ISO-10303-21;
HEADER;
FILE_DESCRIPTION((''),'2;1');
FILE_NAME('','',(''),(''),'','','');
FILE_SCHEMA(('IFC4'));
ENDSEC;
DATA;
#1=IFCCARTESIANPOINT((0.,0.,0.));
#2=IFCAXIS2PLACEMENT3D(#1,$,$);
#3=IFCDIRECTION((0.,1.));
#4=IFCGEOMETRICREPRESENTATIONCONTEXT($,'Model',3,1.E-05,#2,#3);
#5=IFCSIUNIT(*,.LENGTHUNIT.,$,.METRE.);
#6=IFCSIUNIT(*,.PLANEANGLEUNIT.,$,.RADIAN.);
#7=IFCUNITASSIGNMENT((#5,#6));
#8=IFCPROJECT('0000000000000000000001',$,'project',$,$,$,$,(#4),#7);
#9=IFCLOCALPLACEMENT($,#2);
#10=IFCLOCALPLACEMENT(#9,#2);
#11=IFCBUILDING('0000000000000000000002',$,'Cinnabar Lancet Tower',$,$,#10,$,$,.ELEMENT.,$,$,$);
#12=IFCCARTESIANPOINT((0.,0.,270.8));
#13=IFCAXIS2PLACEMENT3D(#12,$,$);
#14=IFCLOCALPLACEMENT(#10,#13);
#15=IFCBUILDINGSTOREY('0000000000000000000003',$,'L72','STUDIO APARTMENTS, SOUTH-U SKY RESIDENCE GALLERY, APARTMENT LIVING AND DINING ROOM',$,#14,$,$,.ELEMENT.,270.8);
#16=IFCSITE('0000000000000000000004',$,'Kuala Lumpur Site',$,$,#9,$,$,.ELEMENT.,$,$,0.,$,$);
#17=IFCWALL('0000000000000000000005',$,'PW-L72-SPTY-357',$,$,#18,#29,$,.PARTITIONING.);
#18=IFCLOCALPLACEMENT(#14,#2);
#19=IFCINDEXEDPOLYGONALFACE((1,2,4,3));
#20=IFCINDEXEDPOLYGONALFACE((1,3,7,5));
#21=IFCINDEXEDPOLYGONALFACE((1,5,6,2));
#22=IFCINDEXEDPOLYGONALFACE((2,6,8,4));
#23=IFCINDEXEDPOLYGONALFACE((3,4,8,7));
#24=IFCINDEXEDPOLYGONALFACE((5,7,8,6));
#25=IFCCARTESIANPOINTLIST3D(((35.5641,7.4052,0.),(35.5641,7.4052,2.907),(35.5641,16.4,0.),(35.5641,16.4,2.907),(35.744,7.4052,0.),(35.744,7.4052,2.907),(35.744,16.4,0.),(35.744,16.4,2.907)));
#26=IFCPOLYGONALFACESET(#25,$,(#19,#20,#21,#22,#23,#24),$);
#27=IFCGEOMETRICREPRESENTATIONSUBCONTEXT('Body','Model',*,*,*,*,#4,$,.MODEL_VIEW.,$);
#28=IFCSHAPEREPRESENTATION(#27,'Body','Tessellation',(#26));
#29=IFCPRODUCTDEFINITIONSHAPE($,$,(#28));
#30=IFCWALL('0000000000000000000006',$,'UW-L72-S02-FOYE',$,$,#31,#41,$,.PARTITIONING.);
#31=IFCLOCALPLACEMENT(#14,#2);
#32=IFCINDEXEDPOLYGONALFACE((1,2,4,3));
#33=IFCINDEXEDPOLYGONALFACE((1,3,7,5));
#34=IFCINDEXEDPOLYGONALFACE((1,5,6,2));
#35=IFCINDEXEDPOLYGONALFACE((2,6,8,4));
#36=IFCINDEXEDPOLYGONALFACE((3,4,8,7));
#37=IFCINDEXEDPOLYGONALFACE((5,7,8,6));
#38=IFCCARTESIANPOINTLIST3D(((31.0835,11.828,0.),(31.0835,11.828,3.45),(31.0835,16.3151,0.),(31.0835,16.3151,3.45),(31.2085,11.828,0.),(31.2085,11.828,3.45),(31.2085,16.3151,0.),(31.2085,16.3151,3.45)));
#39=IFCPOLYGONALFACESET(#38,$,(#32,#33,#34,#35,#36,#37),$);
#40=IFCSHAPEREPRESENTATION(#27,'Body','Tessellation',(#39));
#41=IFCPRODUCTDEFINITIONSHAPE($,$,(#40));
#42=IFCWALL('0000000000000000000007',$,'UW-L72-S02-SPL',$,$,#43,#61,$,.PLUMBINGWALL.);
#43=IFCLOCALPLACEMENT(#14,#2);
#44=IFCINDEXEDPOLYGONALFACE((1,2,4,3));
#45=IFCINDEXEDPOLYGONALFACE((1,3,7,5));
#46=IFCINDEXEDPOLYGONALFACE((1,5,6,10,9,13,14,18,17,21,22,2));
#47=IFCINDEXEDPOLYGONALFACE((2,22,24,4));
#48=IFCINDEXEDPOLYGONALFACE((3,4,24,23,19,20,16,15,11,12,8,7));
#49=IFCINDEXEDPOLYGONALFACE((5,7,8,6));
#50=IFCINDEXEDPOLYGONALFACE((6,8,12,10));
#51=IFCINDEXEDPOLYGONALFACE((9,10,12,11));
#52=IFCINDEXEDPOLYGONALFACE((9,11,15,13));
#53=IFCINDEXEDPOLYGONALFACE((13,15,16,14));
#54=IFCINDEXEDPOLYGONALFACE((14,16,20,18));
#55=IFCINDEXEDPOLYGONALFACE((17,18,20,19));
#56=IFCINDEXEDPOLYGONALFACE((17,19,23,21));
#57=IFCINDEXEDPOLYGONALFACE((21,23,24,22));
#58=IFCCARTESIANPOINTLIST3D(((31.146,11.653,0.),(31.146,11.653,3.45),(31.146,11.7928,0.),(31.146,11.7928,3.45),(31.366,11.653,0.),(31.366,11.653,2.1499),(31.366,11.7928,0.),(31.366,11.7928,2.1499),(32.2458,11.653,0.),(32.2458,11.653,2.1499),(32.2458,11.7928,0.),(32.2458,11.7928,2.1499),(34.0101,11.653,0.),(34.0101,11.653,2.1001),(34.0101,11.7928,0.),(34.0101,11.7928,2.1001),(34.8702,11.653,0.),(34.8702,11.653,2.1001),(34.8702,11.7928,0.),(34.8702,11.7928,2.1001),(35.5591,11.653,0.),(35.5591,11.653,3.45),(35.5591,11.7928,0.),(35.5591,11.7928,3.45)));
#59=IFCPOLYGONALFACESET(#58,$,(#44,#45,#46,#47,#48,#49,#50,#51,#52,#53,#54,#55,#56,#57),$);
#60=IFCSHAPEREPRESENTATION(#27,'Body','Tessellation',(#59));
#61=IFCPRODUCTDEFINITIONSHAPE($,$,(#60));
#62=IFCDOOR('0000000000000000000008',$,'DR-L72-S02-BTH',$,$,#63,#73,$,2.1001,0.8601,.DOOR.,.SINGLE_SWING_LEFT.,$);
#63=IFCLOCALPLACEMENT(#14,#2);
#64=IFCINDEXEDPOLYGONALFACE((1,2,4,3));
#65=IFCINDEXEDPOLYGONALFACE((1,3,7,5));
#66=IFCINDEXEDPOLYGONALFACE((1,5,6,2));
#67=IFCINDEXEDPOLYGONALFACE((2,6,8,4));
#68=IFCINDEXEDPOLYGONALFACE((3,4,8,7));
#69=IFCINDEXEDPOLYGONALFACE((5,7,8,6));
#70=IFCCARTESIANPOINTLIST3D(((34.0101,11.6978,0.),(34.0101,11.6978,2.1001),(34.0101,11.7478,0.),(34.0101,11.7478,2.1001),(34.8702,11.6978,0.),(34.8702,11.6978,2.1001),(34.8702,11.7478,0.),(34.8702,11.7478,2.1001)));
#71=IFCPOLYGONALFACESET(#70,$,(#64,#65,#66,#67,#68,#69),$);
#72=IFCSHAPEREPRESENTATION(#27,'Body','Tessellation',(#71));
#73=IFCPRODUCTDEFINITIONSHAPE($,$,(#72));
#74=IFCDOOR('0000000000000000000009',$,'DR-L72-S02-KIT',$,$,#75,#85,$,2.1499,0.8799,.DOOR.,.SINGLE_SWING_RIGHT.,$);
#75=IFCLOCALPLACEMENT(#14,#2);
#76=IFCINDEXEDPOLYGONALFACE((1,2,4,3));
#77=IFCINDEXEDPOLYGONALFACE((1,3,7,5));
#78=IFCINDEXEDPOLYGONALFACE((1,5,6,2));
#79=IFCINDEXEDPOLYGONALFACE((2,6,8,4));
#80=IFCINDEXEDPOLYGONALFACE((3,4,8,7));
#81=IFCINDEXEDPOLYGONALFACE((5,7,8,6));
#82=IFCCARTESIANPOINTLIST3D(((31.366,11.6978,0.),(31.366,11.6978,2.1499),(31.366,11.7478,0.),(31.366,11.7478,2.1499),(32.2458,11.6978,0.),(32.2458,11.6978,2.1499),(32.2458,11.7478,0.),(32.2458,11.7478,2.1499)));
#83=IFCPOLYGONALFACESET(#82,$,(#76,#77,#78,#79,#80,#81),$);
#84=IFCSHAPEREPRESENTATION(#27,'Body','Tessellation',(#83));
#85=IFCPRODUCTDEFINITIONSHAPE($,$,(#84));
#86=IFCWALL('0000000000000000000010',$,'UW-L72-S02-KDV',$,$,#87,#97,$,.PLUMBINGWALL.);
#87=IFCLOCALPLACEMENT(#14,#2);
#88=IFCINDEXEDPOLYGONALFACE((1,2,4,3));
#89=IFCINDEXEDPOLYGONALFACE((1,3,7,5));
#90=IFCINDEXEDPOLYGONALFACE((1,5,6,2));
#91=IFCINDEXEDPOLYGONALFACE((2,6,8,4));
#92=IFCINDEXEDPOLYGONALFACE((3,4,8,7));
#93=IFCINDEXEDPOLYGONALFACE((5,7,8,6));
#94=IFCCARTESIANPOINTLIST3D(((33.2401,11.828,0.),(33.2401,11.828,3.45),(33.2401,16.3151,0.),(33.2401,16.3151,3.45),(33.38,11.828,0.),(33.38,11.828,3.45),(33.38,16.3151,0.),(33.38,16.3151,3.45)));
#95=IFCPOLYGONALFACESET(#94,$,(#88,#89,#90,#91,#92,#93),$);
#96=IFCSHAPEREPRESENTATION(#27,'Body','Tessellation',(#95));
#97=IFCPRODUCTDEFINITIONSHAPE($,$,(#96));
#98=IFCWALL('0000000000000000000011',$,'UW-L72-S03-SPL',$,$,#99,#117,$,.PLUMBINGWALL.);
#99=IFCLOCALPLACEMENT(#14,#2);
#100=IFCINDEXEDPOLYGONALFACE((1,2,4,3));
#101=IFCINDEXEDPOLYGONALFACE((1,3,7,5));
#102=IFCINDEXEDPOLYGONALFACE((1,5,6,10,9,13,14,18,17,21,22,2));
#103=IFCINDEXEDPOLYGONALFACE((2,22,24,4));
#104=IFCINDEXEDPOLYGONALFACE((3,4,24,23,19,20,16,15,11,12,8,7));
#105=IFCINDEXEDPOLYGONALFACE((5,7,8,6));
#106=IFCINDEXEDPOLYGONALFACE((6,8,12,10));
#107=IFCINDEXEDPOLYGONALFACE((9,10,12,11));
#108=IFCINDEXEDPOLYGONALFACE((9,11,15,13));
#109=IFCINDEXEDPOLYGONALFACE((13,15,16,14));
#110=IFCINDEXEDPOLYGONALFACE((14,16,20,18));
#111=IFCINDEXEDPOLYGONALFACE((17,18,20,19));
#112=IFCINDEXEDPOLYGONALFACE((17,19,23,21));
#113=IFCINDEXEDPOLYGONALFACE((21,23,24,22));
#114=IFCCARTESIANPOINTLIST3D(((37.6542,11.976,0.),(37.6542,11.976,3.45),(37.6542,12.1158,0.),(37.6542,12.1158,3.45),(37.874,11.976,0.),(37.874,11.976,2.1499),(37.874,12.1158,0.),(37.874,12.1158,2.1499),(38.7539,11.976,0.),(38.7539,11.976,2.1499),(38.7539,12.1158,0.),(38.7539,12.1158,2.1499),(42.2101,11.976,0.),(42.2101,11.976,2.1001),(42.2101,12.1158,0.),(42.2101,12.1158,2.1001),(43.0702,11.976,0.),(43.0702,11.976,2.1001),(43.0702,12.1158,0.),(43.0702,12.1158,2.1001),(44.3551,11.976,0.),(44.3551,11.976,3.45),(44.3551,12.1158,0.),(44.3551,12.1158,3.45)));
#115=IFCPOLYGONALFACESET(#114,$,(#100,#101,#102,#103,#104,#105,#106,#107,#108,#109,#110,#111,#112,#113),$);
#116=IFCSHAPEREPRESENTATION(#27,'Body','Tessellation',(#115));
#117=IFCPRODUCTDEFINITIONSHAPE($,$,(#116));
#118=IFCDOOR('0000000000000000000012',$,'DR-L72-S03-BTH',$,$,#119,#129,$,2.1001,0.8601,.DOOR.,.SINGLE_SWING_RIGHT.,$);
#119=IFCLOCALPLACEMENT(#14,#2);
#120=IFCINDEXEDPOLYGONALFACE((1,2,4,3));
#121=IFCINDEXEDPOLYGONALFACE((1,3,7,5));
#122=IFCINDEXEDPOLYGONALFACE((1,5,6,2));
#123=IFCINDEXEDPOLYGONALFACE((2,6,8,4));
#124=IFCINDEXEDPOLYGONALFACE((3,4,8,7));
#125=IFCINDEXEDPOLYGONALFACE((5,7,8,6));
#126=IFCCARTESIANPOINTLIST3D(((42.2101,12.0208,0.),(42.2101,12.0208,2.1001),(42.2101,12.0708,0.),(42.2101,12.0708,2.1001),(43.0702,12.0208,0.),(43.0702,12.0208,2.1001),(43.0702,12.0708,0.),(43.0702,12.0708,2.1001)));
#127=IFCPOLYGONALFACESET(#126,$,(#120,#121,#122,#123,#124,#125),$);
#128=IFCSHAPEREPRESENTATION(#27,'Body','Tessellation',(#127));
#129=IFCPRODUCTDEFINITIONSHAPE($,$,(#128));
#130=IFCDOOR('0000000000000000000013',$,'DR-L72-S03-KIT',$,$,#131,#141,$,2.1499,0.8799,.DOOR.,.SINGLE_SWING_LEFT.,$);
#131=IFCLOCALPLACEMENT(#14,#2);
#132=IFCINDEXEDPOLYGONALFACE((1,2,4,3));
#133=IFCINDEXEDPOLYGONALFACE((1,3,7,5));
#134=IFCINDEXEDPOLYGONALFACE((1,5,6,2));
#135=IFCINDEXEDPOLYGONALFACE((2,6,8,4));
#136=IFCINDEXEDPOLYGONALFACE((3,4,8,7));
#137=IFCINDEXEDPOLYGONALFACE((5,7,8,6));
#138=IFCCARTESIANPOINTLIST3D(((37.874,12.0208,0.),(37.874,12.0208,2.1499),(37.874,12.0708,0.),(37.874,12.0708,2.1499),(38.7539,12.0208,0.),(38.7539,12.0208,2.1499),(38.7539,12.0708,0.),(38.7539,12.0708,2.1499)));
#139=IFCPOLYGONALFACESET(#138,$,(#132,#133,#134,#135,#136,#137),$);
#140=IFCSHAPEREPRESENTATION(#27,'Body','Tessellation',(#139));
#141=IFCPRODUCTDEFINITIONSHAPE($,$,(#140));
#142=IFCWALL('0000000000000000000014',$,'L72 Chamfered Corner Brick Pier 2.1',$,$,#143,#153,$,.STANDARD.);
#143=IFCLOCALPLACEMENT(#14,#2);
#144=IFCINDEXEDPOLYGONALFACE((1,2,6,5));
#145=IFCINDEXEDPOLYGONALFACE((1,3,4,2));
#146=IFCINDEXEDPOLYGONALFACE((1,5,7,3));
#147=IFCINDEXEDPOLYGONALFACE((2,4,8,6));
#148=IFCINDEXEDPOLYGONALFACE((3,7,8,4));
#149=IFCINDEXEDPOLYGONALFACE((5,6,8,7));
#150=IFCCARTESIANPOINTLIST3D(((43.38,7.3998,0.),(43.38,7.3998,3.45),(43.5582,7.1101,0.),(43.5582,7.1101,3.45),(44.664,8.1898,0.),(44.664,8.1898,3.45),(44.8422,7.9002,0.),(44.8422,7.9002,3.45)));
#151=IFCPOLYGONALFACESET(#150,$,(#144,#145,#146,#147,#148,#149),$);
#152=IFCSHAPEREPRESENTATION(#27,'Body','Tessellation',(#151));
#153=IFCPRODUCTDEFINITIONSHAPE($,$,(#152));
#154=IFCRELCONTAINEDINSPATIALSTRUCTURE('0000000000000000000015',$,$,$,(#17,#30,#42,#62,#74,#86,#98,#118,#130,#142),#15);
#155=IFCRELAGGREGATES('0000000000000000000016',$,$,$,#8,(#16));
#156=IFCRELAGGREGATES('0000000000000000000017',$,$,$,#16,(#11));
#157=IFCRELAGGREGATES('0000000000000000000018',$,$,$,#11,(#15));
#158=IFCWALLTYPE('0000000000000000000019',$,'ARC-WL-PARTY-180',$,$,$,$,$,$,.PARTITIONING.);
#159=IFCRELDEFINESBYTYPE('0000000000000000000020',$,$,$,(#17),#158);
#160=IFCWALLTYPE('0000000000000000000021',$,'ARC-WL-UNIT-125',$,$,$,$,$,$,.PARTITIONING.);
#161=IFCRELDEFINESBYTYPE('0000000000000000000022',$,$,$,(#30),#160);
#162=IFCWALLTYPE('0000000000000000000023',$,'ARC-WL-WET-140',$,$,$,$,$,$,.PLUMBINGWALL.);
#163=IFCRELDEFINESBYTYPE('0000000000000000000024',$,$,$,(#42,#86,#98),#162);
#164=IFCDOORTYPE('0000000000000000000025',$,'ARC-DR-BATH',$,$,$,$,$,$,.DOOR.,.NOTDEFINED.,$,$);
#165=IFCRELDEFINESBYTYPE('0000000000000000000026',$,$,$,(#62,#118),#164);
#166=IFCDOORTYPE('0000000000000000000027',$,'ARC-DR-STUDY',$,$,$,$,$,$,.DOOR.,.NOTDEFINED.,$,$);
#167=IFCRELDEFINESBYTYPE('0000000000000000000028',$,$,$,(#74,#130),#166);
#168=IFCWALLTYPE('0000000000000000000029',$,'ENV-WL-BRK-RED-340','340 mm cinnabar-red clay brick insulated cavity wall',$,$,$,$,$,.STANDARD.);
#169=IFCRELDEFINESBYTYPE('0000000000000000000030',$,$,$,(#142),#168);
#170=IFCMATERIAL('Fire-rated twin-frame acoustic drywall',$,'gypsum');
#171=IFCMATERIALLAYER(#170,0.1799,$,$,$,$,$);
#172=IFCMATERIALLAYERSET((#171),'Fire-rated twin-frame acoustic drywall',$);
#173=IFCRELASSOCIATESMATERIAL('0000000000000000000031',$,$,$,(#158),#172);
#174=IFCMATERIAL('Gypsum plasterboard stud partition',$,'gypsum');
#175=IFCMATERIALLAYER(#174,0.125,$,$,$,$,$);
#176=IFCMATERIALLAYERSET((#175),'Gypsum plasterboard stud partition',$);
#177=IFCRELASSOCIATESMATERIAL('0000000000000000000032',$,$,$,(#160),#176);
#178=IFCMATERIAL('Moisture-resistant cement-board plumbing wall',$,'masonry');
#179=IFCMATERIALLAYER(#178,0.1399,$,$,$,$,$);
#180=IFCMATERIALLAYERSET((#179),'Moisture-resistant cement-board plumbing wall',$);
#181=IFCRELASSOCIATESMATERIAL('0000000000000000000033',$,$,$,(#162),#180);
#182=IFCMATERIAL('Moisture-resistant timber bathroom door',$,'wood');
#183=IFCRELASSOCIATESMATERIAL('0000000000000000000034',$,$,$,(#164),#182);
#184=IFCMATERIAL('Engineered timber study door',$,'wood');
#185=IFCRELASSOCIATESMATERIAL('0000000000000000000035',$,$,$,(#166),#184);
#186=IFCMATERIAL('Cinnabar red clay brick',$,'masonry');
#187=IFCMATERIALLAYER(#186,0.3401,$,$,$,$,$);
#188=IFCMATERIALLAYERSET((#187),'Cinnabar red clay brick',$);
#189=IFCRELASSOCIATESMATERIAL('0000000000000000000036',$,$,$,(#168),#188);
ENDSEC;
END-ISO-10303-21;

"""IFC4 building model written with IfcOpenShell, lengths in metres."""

from ifc_helpers import new_model, si_unit, direction, frame, frame_2d, origin, place, context, subcontext, project, spatial, rectangle, extrude, material, layer, layer_set, type_object, element, fill, save


model = new_model("IFC4")

# Units and contexts
model_context = context("Model", 3, precision=1e-05, world=origin(), true_north=direction((0.0, 1.0)))
body_context = subcontext(model_context, "Body", "Model", "MODEL_VIEW")
ifc_project = project(units=[si_unit("LENGTHUNIT", "METRE"), si_unit("PLANEANGLEUNIT", "RADIAN")], contexts=[model_context])

# Site, building, storey
site_placement = place(None, origin())
site = spatial("IfcSite", under=ifc_project, at=site_placement, Name="Kuala Lumpur Site", CompositionType="ELEMENT", RefElevation=0.0)
building_placement = place(site_placement, origin())
building = spatial("IfcBuilding", under=site, at=building_placement, Name="Cinnabar Lancet Tower", CompositionType="ELEMENT")
storey_placement = place(building_placement, frame((0.0, 0.0, 270.8)))
storey = spatial("IfcBuildingStorey", under=building, at=storey_placement, Name="L72", Description="STUDIO APARTMENTS, SOUTH-U SKY RESIDENCE GALLERY, APARTMENT LIVING AND DINING ROOM", CompositionType="ELEMENT", Elevation=270.8)

# Walls
ifc_material_1 = material(Name="Fire-rated twin-frame acoustic drywall", Category="gypsum")
ifc_layer_1 = layer(ifc_material_1, 0.1799)
ifc_layer_set_1 = layer_set([ifc_layer_1], Name="Fire-rated twin-frame acoustic drywall")
wall_type_1 = type_object("IfcWallType", Name="ARC-WL-PARTY-180", PredefinedType="PARTITIONING", material=ifc_layer_set_1)
wall_1_placement = place(storey_placement, frame((35.6541, 7.405, 0.0), z_axis=(0.0, 0.0, 1.0), x_axis=(0.0, 1.0, 0.0)))
element("IfcWall", 1, at=wall_1_placement, inside=storey, type_object=wall_type_1, Name="PW-L72-SPTY-357", PredefinedType="PARTITIONING", context=body_context, shape_type="SweptSolid", body=[
    extrude(rectangle(XDim=8.9949, YDim=0.1799, at=frame_2d((4.4976, 0.0))), origin(), (0.0, 0.0, 1.0), 2.907),
])
ifc_material_2 = material(Name="Gypsum plasterboard stud partition", Category="gypsum")
ifc_layer_2 = layer(ifc_material_2, 0.125)
ifc_layer_set_2 = layer_set([ifc_layer_2], Name="Gypsum plasterboard stud partition")
wall_type_2 = type_object("IfcWallType", Name="ARC-WL-UNIT-125", PredefinedType="PARTITIONING", material=ifc_layer_set_2)
wall_2_placement = place(storey_placement, frame((31.146, 11.8279, 0.0), z_axis=(0.0, 0.0, 1.0), x_axis=(0.0, 1.0, 0.0)))
element("IfcWall", 2, at=wall_2_placement, inside=storey, type_object=wall_type_2, Name="UW-L72-S02-FOYE", PredefinedType="PARTITIONING", context=body_context, shape_type="SweptSolid", body=[
    extrude(rectangle(XDim=4.4871, YDim=0.125, at=frame_2d((2.2437, 0.0))), origin(), (0.0, 0.0, 1.0), 3.45),
])

# Wall, openings, doors
ifc_material_3 = material(Name="Moisture-resistant cement-board plumbing wall", Category="masonry")
ifc_layer_3 = layer(ifc_material_3, 0.1399)
ifc_layer_set_3 = layer_set([ifc_layer_3], Name="Moisture-resistant cement-board plumbing wall")
wall_type_3 = type_object("IfcWallType", Name="ARC-WL-WET-140", PredefinedType="PLUMBINGWALL", material=ifc_layer_set_3)
wall_3_placement = place(storey_placement, frame((31.146, 11.7229, 0.0), z_axis=(0.0, 0.0, 1.0), x_axis=(1.0, 0.0, 0.0)))
wall_3 = element("IfcWall", 3, at=wall_3_placement, inside=storey, type_object=wall_type_3, Name="UW-L72-S02-SPL", PredefinedType="PLUMBINGWALL", context=body_context, shape_type="SweptSolid", body=[
    extrude(rectangle(XDim=4.4131, YDim=0.1399, at=frame_2d((2.2065, 0.0))), origin(), (0.0, 0.0, 1.0), 3.45),
])
opening_1_placement = place(wall_3_placement, frame((2.864, 0.0, 0.0)))
opening_1 = element("IfcOpeningElement", 4, at=opening_1_placement, cuts=wall_3, PredefinedType="OPENING", context=body_context, shape_type="SweptSolid", body=[
    extrude(rectangle(XDim=0.8601, YDim=2.1001, at=frame_2d((0.4302, 1.05))), frame((0.0, 0.0798, 0.0), z_axis=(0.0, -1.0, 0.0), x_axis=(1.0, 0.0, 0.0)), (0.0, 0.0, 1.0), 0.1599),
])
opening_2_placement = place(wall_3_placement, frame((0.22, 0.0, 0.0)))
opening_2 = element("IfcOpeningElement", 5, at=opening_2_placement, cuts=wall_3, PredefinedType="OPENING", context=body_context, shape_type="SweptSolid", body=[
    extrude(rectangle(XDim=0.8799, YDim=2.1499, at=frame_2d((0.4399, 1.075))), frame((0.0, 0.0798, 0.0), z_axis=(0.0, -1.0, 0.0), x_axis=(1.0, 0.0, 0.0)), (0.0, 0.0, 1.0), 0.1599),
])
ifc_material_4 = material(Name="Moisture-resistant timber bathroom door", Category="wood")
door_type_1 = type_object("IfcDoorType", Name="ARC-DR-BATH", OperationType="NOTDEFINED", PredefinedType="DOOR", material=ifc_material_4)
door_1_placement = place(opening_1_placement, origin())
door_1 = element("IfcDoor", 6, at=door_1_placement, inside=storey, type_object=door_type_1, Name="DR-L72-S02-BTH", OperationType="SINGLE_SWING_LEFT", OverallHeight=2.1001, OverallWidth=0.8601, PredefinedType="DOOR", context=body_context, shape_type="SweptSolid", body=[
    extrude(rectangle(XDim=0.8601, YDim=2.1001, at=frame_2d((0.4302, 1.05))), frame((0.0, 0.0249, 0.0), z_axis=(0.0, -1.0, 0.0), x_axis=(1.0, 0.0, 0.0)), (0.0, 0.0, 1.0), 0.05),
])
fill(opening_1, door_1)
ifc_material_5 = material(Name="Engineered timber study door", Category="wood")
door_type_2 = type_object("IfcDoorType", Name="ARC-DR-STUDY", OperationType="NOTDEFINED", PredefinedType="DOOR", material=ifc_material_5)
door_2_placement = place(opening_2_placement, origin())
door_2 = element("IfcDoor", 7, at=door_2_placement, inside=storey, type_object=door_type_2, Name="DR-L72-S02-KIT", OperationType="SINGLE_SWING_RIGHT", OverallHeight=2.1499, OverallWidth=0.8799, PredefinedType="DOOR", context=body_context, shape_type="SweptSolid", body=[
    extrude(rectangle(XDim=0.8799, YDim=2.1499, at=frame_2d((0.4399, 1.075))), frame((0.0, 0.0249, 0.0), z_axis=(0.0, -1.0, 0.0), x_axis=(1.0, 0.0, 0.0)), (0.0, 0.0, 1.0), 0.05),
])
fill(opening_2, door_2)

# Wall
wall_4_placement = place(storey_placement, frame((33.3101, 11.8279, 0.0), z_axis=(0.0, 0.0, 1.0), x_axis=(0.0, 1.0, 0.0)))
element("IfcWall", 8, at=wall_4_placement, inside=storey, type_object=wall_type_3, Name="UW-L72-S02-KDV", PredefinedType="PLUMBINGWALL", context=body_context, shape_type="SweptSolid", body=[
    extrude(rectangle(XDim=4.4871, YDim=0.1399, at=frame_2d((2.2437, 0.0))), origin(), (0.0, 0.0, 1.0), 3.45),
])

# Wall, openings, doors
wall_5_placement = place(storey_placement, frame((37.6541, 12.0459, 0.0), z_axis=(0.0, 0.0, 1.0), x_axis=(1.0, 0.0, 0.0)))
wall_5 = element("IfcWall", 9, at=wall_5_placement, inside=storey, type_object=wall_type_3, Name="UW-L72-S03-SPL", PredefinedType="PLUMBINGWALL", context=body_context, shape_type="SweptSolid", body=[
    extrude(rectangle(XDim=6.7009, YDim=0.1399, at=frame_2d((3.3506, 0.0))), origin(), (0.0, 0.0, 1.0), 3.45),
])
opening_3_placement = place(wall_5_placement, frame((4.5559, 0.0, 0.0)))
opening_3 = element("IfcOpeningElement", 10, at=opening_3_placement, cuts=wall_5, PredefinedType="OPENING", context=body_context, shape_type="SweptSolid", body=[
    extrude(rectangle(XDim=0.8601, YDim=2.1001, at=frame_2d((0.4302, 1.05))), frame((0.0, 0.0798, 0.0), z_axis=(0.0, -1.0, 0.0), x_axis=(1.0, 0.0, 0.0)), (0.0, 0.0, 1.0), 0.1599),
])
opening_4_placement = place(wall_5_placement, frame((0.22, 0.0, 0.0)))
opening_4 = element("IfcOpeningElement", 11, at=opening_4_placement, cuts=wall_5, PredefinedType="OPENING", context=body_context, shape_type="SweptSolid", body=[
    extrude(rectangle(XDim=0.8799, YDim=2.1499, at=frame_2d((0.4399, 1.075))), frame((0.0, 0.0798, 0.0), z_axis=(0.0, -1.0, 0.0), x_axis=(1.0, 0.0, 0.0)), (0.0, 0.0, 1.0), 0.1599),
])
door_3_placement = place(opening_3_placement, origin())
door_3 = element("IfcDoor", 12, at=door_3_placement, inside=storey, type_object=door_type_1, Name="DR-L72-S03-BTH", OperationType="SINGLE_SWING_RIGHT", OverallHeight=2.1001, OverallWidth=0.8601, PredefinedType="DOOR", context=body_context, shape_type="SweptSolid", body=[
    extrude(rectangle(XDim=0.8601, YDim=2.1001, at=frame_2d((0.4302, 1.05))), frame((0.0, 0.0249, 0.0), z_axis=(0.0, -1.0, 0.0), x_axis=(1.0, 0.0, 0.0)), (0.0, 0.0, 1.0), 0.05),
])
fill(opening_3, door_3)
door_4_placement = place(opening_4_placement, origin())
door_4 = element("IfcDoor", 13, at=door_4_placement, inside=storey, type_object=door_type_2, Name="DR-L72-S03-KIT", OperationType="SINGLE_SWING_LEFT", OverallHeight=2.1499, OverallWidth=0.8799, PredefinedType="DOOR", context=body_context, shape_type="SweptSolid", body=[
    extrude(rectangle(XDim=0.8799, YDim=2.1499, at=frame_2d((0.4399, 1.075))), frame((0.0, 0.0249, 0.0), z_axis=(0.0, -1.0, 0.0), x_axis=(1.0, 0.0, 0.0)), (0.0, 0.0, 1.0), 0.05),
])
fill(opening_4, door_4)

# Wall
ifc_material_6 = material(Name="Cinnabar red clay brick", Category="masonry")
ifc_layer_4 = layer(ifc_material_6, 0.3401)
ifc_layer_set_4 = layer_set([ifc_layer_4], Name="Cinnabar red clay brick")
wall_type_4 = type_object("IfcWallType", Name="ENV-WL-BRK-RED-340", Description="340 mm cinnabar-red clay brick insulated cavity wall", PredefinedType="STANDARD", material=ifc_layer_set_4)
wall_6_placement = place(storey_placement, frame((43.469, 7.2549, 0.0), z_axis=(0.0, 0.0, 1.0), x_axis=(0.851681, 0.524061, 0.0)))
element("IfcWall", 14, at=wall_6_placement, inside=storey, type_object=wall_type_4, Name="L72 Chamfered Corner Brick Pier 2.1", PredefinedType="STANDARD", context=body_context, shape_type="SweptSolid", body=[
    extrude(rectangle(XDim=1.5076, YDim=0.3401, at=frame_2d((0.7539, 0.0))), origin(), (0.0, 0.0, 1.0), 3.45),
])

save(model, "model.ifc")
